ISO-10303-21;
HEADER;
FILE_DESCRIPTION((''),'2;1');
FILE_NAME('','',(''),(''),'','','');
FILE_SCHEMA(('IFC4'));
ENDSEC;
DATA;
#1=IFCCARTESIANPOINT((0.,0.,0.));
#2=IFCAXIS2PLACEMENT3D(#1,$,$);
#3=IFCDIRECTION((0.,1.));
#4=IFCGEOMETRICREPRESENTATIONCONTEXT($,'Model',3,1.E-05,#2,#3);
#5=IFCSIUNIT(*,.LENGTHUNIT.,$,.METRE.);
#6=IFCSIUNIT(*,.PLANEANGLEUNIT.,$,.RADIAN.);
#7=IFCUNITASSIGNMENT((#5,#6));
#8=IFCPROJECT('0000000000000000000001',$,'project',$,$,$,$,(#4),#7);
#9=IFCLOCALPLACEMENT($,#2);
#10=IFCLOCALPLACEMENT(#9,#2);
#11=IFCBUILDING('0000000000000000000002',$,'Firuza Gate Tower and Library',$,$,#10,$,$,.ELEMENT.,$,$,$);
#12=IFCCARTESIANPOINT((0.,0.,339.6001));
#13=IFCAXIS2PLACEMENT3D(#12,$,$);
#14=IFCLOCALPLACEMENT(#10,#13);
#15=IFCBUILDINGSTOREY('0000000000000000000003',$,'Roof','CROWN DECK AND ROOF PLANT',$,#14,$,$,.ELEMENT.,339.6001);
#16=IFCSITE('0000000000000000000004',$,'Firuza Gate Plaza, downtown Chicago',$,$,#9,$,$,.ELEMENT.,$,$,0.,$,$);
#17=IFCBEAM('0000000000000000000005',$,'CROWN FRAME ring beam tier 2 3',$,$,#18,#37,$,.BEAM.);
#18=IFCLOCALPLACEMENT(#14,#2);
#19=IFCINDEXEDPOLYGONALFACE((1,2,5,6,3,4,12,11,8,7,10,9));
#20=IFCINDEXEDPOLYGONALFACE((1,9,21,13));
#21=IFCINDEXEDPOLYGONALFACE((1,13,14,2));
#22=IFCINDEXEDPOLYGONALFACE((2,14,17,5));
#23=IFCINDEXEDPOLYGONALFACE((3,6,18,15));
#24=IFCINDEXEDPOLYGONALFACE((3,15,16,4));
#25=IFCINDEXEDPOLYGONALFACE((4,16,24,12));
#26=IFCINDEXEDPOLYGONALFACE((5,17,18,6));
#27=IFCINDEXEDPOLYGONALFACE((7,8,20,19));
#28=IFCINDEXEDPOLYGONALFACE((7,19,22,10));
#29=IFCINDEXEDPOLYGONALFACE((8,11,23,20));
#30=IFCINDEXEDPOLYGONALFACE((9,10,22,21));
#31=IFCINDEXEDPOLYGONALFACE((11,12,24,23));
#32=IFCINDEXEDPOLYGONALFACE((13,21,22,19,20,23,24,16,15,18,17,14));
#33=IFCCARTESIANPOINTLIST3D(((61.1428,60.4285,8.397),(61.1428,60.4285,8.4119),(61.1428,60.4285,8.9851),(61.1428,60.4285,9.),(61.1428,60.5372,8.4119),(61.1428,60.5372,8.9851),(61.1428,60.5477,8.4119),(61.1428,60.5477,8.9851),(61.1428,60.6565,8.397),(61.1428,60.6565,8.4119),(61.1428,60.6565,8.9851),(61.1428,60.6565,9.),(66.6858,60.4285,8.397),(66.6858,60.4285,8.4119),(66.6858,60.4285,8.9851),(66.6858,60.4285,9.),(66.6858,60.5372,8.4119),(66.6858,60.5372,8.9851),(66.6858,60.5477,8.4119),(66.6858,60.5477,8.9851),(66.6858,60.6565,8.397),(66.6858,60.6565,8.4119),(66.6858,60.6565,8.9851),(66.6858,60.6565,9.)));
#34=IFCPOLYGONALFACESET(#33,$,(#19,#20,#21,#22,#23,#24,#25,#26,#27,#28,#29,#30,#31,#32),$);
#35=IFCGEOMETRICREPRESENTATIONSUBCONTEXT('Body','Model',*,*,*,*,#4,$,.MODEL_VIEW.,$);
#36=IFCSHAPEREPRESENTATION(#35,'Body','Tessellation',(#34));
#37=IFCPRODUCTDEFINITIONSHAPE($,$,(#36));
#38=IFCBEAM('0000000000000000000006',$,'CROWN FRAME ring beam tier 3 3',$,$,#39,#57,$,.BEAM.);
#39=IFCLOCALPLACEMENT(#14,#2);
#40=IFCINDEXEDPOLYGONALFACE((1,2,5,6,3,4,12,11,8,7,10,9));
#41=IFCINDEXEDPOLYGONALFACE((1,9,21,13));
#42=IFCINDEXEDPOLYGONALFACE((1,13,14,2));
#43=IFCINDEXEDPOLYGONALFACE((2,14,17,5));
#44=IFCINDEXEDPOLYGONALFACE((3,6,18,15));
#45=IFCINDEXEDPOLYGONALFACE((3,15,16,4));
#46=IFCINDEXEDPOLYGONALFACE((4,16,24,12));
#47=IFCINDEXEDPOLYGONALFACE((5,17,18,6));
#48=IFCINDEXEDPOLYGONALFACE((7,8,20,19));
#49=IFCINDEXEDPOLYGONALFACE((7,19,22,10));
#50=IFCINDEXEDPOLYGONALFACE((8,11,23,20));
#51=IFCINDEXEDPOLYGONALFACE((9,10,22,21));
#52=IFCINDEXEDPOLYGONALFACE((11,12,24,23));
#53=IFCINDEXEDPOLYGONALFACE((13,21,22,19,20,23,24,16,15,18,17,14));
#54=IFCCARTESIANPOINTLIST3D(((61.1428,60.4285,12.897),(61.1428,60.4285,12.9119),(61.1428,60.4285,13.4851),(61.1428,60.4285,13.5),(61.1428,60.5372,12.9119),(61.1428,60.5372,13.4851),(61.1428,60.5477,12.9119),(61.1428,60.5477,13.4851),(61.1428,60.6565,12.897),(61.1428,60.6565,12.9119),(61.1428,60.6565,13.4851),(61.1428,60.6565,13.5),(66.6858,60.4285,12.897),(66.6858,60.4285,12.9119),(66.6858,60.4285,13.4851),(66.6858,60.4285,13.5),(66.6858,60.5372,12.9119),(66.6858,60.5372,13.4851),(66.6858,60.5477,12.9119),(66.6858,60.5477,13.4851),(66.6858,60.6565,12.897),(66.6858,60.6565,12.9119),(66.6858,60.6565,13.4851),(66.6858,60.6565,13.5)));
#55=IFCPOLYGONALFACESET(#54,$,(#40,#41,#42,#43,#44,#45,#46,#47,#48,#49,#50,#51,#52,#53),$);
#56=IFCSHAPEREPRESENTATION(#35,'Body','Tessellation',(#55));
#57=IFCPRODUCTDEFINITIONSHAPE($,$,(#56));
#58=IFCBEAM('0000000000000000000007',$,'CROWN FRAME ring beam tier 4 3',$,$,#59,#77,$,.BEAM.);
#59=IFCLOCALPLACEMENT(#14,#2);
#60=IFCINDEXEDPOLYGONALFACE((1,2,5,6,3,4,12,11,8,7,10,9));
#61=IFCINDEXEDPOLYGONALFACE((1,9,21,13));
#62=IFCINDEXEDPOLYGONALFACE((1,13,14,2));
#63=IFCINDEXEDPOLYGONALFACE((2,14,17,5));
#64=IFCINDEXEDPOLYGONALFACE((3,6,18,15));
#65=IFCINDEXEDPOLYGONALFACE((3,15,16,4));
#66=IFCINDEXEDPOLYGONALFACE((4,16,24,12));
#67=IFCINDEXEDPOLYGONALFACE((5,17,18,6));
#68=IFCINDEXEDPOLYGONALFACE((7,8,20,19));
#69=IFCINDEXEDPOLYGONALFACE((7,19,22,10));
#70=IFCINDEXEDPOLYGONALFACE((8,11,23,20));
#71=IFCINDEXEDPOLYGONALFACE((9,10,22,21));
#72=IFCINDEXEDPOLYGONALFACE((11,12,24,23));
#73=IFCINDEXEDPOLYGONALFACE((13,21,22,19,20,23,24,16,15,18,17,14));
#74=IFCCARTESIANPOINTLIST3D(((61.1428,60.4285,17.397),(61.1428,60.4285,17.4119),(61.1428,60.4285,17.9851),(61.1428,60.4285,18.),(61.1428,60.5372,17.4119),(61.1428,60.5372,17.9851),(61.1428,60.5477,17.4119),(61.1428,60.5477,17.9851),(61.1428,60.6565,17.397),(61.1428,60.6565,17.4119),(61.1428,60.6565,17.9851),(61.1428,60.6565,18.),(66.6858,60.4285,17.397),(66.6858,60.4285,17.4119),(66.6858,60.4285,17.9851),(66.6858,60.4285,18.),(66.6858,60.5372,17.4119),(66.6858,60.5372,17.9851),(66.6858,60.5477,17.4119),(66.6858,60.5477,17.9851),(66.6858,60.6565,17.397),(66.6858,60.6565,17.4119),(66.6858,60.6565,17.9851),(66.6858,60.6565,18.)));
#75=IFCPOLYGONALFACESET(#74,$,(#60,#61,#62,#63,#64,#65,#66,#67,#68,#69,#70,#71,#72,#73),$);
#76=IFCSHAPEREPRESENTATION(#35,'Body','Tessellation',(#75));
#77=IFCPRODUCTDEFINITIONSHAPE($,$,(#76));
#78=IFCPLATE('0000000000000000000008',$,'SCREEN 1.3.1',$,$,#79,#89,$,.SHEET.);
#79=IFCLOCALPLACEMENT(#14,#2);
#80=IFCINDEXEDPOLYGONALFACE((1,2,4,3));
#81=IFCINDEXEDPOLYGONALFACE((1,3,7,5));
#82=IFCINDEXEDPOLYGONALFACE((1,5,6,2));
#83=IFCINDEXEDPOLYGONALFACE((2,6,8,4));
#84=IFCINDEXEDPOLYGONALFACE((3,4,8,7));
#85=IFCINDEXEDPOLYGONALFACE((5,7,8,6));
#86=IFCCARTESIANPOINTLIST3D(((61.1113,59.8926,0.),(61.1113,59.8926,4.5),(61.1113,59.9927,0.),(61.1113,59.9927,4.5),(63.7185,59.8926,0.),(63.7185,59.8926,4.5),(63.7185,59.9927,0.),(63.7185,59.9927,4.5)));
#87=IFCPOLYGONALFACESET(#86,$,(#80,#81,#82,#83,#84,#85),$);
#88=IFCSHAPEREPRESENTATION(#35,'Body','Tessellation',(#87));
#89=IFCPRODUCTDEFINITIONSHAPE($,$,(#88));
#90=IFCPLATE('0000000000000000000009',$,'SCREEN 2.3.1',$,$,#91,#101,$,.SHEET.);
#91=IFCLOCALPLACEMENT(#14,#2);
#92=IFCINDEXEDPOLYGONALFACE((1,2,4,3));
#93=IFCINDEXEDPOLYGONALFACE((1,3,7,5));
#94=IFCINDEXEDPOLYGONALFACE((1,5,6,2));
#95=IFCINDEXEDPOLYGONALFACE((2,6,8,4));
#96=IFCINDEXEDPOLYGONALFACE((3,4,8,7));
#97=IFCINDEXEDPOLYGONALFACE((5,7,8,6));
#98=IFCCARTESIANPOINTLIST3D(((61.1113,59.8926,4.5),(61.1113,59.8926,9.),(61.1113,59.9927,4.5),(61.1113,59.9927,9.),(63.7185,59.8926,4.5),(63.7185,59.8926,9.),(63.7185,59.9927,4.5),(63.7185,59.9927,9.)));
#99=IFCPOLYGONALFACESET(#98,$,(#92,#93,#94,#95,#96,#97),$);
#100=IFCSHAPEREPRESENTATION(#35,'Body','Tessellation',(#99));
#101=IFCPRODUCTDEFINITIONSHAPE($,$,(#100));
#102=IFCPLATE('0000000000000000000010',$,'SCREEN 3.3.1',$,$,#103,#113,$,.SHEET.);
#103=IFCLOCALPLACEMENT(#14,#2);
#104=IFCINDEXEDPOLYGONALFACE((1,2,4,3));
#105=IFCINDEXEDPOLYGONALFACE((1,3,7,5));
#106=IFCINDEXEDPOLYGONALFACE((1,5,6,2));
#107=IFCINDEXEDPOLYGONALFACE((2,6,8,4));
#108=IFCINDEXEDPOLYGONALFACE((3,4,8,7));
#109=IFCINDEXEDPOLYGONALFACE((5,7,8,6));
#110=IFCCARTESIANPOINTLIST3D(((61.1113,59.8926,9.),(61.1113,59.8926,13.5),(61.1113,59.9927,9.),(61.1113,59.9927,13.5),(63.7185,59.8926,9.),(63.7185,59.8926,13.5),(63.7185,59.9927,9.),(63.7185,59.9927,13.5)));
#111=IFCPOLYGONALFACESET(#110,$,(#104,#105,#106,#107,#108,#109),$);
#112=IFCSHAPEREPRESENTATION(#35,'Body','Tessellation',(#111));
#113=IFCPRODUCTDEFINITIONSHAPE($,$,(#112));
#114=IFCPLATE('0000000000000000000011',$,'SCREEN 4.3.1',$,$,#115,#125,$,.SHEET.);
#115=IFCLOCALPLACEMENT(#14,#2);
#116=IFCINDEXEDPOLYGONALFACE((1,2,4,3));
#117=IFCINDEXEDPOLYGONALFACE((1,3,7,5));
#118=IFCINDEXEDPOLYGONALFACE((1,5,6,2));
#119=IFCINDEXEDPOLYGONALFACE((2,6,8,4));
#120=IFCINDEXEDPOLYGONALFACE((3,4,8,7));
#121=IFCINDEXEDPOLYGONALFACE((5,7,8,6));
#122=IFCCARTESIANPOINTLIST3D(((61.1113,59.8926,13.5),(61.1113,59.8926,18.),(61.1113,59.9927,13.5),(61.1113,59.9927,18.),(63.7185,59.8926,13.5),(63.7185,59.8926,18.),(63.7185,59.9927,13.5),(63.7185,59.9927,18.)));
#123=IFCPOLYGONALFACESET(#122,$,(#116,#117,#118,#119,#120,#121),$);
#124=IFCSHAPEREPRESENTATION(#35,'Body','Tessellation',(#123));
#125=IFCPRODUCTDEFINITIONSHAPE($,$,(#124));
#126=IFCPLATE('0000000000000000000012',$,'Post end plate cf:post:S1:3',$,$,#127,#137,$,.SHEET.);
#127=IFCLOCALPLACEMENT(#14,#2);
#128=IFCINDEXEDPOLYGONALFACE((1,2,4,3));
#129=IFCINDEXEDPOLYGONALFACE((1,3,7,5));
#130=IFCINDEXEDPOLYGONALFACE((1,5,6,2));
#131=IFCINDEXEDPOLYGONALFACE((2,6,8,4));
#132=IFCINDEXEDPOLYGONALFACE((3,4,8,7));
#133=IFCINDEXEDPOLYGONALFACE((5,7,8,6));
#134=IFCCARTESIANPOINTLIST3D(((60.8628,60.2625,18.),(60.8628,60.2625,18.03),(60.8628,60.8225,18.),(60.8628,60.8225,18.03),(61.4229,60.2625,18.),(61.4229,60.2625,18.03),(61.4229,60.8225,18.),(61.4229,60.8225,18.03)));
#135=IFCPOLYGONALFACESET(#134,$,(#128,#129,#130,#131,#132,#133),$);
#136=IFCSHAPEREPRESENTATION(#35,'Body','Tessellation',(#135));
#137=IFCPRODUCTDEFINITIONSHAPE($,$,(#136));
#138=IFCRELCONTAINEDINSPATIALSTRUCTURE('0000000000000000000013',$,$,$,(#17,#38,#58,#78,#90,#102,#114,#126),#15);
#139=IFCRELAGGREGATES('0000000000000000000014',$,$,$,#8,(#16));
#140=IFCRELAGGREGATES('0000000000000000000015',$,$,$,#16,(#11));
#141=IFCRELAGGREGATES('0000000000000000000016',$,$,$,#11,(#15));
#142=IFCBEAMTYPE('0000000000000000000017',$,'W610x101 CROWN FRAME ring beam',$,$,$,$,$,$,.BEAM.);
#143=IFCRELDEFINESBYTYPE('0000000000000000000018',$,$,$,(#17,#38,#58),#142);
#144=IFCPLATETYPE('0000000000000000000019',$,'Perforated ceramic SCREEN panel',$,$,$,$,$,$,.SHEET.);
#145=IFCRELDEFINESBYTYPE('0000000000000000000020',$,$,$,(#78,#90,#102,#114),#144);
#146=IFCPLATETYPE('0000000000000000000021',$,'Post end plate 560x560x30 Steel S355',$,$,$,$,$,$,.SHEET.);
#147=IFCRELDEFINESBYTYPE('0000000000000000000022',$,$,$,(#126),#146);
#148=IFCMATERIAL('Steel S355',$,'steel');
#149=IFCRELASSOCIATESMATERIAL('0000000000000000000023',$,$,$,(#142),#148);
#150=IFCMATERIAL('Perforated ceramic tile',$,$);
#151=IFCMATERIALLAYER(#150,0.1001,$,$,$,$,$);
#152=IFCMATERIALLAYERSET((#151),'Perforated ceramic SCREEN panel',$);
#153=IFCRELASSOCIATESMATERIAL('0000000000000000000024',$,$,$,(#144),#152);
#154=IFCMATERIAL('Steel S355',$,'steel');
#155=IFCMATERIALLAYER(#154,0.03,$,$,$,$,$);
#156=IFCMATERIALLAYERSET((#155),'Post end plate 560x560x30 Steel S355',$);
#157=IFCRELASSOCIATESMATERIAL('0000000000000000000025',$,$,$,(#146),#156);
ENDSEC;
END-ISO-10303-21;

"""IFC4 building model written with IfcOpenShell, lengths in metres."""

from ifc_helpers import new_model, si_unit, direction, frame, origin, origin_2d, place, context, subcontext, project, spatial, polyline, rectangle, i_section, outline, extrude, material, layer, layer_set, material_profile, profile_set, type_object, element, save


model = new_model("IFC4")

# Units and contexts
model_context = context("Model", 3, precision=1e-05, world=origin(), true_north=direction((0.0, 1.0)))
body_context = subcontext(model_context, "Body", "Model", "MODEL_VIEW")
ifc_project = project(units=[si_unit("LENGTHUNIT", "METRE"), si_unit("PLANEANGLEUNIT", "RADIAN")], contexts=[model_context])

# Site, building, storey
site_placement = place(None, origin())
site = spatial("IfcSite", under=ifc_project, at=site_placement, Name="Firuza Gate Plaza, downtown Chicago", CompositionType="ELEMENT", RefElevation=0.0)
building_placement = place(site_placement, origin())
building = spatial("IfcBuilding", under=site, at=building_placement, Name="Firuza Gate Tower and Library", CompositionType="ELEMENT")
storey_placement = place(building_placement, frame((0.0, 0.0, 339.6001)))
storey = spatial("IfcBuildingStorey", under=building, at=storey_placement, Name="Roof", Description="CROWN DECK AND ROOF PLANT", CompositionType="ELEMENT", Elevation=339.6001)

# Beams
ifc_material_1 = material(Name="Steel S355", Category="steel")
ifc_material_profile_1 = material_profile(ifc_material_1, i_section(OverallWidth=0.228, OverallDepth=0.603, WebThickness=0.0105, FlangeThickness=0.0149, at=origin_2d()))
ifc_profile_set_1 = profile_set([ifc_material_profile_1], Name="Steel S355")
beam_type = type_object("IfcBeamType", Name="W610x101 CROWN FRAME ring beam", PredefinedType="BEAM", material=ifc_profile_set_1)
for number, where, z_axis, x_axis, name in (
    (1, (61.1428, 60.5425, 8.6985), (1.0, 0.0, 0.0), (0.0, 1.0, 0.0), "CROWN FRAME ring beam tier 2 3"),
    (2, (61.1428, 60.5425, 13.1985), (1.0, 0.0, 0.0), (0.0, 1.0, 0.0), "CROWN FRAME ring beam tier 3 3"),
    (3, (61.1428, 60.5425, 17.6985), (1.0, 0.0, 0.0), (0.0, 1.0, 0.0), "CROWN FRAME ring beam tier 4 3"),
):
    element("IfcBeam", number, at=place(storey_placement, frame(where, z_axis=z_axis, x_axis=x_axis)), inside=storey, type_object=beam_type, Name=name, PredefinedType="BEAM", context=body_context, shape_type="SweptSolid", body=[
        extrude(i_section(OverallWidth=0.228, OverallDepth=0.603, WebThickness=0.0105, FlangeThickness=0.0149, at=origin_2d()), origin(), (0.0, 0.0, 1.0), 5.543),
    ])

# Plates
ifc_material_2 = material(Name="Perforated ceramic tile")
ifc_layer_1 = layer(ifc_material_2, 0.1001)
ifc_layer_set_1 = layer_set([ifc_layer_1], Name="Perforated ceramic SCREEN panel")
plate_type_1 = type_object("IfcPlateType", Name="Perforated ceramic SCREEN panel", PredefinedType="SHEET", material=ifc_layer_set_1)
for number, where, z_axis, x_axis, name in (
    (4, (61.1113, 59.8926, 0.0), (0.0, -1.0, 0.0), (1.0, 0.0, 0.0), "SCREEN 1.3.1"),
    (5, (61.1113, 59.8926, 4.5), (0.0, -1.0, 0.0), (1.0, 0.0, 0.0), "SCREEN 2.3.1"),
    (6, (61.1113, 59.8926, 9.0), (0.0, -1.0, 0.0), (1.0, 0.0, 0.0), "SCREEN 3.3.1"),
    (7, (61.1113, 59.8926, 13.5), (0.0, -1.0, 0.0), (1.0, 0.0, 0.0), "SCREEN 4.3.1"),
):
    element("IfcPlate", number, at=place(storey_placement, frame(where, z_axis=z_axis, x_axis=x_axis)), inside=storey, type_object=plate_type_1, Name=name, PredefinedType="SHEET", context=body_context, shape_type="SweptSolid", body=[
        extrude(outline(polyline([(0.0, 0.0), (2.6072, 0.0), (2.6072, 4.5), (0.0, 4.5), (0.0, 0.0)])), origin(), (0.0, 0.0, -1.0), 0.1001),
    ])
ifc_material_3 = material(Name="Steel S355", Category="steel")
ifc_layer_2 = layer(ifc_material_3, 0.03)
ifc_layer_set_2 = layer_set([ifc_layer_2], Name="Post end plate 560x560x30 Steel S355")
plate_type_2 = type_object("IfcPlateType", Name="Post end plate 560x560x30 Steel S355", PredefinedType="SHEET", material=ifc_layer_set_2)
plate_placement = place(storey_placement, frame((61.1428, 60.5425, 18.0), z_axis=(0.0, 0.0, 1.0), x_axis=(1.0, 0.0, 0.0)))
element("IfcPlate", 8, at=plate_placement, inside=storey, type_object=plate_type_2, Name="Post end plate cf:post:S1:3", PredefinedType="SHEET", context=body_context, shape_type="SweptSolid", body=[
    extrude(rectangle(XDim=0.5601, YDim=0.5601, at=origin_2d()), origin(), (0.0, 0.0, 1.0), 0.03),
])

save(model, "model.ifc")
